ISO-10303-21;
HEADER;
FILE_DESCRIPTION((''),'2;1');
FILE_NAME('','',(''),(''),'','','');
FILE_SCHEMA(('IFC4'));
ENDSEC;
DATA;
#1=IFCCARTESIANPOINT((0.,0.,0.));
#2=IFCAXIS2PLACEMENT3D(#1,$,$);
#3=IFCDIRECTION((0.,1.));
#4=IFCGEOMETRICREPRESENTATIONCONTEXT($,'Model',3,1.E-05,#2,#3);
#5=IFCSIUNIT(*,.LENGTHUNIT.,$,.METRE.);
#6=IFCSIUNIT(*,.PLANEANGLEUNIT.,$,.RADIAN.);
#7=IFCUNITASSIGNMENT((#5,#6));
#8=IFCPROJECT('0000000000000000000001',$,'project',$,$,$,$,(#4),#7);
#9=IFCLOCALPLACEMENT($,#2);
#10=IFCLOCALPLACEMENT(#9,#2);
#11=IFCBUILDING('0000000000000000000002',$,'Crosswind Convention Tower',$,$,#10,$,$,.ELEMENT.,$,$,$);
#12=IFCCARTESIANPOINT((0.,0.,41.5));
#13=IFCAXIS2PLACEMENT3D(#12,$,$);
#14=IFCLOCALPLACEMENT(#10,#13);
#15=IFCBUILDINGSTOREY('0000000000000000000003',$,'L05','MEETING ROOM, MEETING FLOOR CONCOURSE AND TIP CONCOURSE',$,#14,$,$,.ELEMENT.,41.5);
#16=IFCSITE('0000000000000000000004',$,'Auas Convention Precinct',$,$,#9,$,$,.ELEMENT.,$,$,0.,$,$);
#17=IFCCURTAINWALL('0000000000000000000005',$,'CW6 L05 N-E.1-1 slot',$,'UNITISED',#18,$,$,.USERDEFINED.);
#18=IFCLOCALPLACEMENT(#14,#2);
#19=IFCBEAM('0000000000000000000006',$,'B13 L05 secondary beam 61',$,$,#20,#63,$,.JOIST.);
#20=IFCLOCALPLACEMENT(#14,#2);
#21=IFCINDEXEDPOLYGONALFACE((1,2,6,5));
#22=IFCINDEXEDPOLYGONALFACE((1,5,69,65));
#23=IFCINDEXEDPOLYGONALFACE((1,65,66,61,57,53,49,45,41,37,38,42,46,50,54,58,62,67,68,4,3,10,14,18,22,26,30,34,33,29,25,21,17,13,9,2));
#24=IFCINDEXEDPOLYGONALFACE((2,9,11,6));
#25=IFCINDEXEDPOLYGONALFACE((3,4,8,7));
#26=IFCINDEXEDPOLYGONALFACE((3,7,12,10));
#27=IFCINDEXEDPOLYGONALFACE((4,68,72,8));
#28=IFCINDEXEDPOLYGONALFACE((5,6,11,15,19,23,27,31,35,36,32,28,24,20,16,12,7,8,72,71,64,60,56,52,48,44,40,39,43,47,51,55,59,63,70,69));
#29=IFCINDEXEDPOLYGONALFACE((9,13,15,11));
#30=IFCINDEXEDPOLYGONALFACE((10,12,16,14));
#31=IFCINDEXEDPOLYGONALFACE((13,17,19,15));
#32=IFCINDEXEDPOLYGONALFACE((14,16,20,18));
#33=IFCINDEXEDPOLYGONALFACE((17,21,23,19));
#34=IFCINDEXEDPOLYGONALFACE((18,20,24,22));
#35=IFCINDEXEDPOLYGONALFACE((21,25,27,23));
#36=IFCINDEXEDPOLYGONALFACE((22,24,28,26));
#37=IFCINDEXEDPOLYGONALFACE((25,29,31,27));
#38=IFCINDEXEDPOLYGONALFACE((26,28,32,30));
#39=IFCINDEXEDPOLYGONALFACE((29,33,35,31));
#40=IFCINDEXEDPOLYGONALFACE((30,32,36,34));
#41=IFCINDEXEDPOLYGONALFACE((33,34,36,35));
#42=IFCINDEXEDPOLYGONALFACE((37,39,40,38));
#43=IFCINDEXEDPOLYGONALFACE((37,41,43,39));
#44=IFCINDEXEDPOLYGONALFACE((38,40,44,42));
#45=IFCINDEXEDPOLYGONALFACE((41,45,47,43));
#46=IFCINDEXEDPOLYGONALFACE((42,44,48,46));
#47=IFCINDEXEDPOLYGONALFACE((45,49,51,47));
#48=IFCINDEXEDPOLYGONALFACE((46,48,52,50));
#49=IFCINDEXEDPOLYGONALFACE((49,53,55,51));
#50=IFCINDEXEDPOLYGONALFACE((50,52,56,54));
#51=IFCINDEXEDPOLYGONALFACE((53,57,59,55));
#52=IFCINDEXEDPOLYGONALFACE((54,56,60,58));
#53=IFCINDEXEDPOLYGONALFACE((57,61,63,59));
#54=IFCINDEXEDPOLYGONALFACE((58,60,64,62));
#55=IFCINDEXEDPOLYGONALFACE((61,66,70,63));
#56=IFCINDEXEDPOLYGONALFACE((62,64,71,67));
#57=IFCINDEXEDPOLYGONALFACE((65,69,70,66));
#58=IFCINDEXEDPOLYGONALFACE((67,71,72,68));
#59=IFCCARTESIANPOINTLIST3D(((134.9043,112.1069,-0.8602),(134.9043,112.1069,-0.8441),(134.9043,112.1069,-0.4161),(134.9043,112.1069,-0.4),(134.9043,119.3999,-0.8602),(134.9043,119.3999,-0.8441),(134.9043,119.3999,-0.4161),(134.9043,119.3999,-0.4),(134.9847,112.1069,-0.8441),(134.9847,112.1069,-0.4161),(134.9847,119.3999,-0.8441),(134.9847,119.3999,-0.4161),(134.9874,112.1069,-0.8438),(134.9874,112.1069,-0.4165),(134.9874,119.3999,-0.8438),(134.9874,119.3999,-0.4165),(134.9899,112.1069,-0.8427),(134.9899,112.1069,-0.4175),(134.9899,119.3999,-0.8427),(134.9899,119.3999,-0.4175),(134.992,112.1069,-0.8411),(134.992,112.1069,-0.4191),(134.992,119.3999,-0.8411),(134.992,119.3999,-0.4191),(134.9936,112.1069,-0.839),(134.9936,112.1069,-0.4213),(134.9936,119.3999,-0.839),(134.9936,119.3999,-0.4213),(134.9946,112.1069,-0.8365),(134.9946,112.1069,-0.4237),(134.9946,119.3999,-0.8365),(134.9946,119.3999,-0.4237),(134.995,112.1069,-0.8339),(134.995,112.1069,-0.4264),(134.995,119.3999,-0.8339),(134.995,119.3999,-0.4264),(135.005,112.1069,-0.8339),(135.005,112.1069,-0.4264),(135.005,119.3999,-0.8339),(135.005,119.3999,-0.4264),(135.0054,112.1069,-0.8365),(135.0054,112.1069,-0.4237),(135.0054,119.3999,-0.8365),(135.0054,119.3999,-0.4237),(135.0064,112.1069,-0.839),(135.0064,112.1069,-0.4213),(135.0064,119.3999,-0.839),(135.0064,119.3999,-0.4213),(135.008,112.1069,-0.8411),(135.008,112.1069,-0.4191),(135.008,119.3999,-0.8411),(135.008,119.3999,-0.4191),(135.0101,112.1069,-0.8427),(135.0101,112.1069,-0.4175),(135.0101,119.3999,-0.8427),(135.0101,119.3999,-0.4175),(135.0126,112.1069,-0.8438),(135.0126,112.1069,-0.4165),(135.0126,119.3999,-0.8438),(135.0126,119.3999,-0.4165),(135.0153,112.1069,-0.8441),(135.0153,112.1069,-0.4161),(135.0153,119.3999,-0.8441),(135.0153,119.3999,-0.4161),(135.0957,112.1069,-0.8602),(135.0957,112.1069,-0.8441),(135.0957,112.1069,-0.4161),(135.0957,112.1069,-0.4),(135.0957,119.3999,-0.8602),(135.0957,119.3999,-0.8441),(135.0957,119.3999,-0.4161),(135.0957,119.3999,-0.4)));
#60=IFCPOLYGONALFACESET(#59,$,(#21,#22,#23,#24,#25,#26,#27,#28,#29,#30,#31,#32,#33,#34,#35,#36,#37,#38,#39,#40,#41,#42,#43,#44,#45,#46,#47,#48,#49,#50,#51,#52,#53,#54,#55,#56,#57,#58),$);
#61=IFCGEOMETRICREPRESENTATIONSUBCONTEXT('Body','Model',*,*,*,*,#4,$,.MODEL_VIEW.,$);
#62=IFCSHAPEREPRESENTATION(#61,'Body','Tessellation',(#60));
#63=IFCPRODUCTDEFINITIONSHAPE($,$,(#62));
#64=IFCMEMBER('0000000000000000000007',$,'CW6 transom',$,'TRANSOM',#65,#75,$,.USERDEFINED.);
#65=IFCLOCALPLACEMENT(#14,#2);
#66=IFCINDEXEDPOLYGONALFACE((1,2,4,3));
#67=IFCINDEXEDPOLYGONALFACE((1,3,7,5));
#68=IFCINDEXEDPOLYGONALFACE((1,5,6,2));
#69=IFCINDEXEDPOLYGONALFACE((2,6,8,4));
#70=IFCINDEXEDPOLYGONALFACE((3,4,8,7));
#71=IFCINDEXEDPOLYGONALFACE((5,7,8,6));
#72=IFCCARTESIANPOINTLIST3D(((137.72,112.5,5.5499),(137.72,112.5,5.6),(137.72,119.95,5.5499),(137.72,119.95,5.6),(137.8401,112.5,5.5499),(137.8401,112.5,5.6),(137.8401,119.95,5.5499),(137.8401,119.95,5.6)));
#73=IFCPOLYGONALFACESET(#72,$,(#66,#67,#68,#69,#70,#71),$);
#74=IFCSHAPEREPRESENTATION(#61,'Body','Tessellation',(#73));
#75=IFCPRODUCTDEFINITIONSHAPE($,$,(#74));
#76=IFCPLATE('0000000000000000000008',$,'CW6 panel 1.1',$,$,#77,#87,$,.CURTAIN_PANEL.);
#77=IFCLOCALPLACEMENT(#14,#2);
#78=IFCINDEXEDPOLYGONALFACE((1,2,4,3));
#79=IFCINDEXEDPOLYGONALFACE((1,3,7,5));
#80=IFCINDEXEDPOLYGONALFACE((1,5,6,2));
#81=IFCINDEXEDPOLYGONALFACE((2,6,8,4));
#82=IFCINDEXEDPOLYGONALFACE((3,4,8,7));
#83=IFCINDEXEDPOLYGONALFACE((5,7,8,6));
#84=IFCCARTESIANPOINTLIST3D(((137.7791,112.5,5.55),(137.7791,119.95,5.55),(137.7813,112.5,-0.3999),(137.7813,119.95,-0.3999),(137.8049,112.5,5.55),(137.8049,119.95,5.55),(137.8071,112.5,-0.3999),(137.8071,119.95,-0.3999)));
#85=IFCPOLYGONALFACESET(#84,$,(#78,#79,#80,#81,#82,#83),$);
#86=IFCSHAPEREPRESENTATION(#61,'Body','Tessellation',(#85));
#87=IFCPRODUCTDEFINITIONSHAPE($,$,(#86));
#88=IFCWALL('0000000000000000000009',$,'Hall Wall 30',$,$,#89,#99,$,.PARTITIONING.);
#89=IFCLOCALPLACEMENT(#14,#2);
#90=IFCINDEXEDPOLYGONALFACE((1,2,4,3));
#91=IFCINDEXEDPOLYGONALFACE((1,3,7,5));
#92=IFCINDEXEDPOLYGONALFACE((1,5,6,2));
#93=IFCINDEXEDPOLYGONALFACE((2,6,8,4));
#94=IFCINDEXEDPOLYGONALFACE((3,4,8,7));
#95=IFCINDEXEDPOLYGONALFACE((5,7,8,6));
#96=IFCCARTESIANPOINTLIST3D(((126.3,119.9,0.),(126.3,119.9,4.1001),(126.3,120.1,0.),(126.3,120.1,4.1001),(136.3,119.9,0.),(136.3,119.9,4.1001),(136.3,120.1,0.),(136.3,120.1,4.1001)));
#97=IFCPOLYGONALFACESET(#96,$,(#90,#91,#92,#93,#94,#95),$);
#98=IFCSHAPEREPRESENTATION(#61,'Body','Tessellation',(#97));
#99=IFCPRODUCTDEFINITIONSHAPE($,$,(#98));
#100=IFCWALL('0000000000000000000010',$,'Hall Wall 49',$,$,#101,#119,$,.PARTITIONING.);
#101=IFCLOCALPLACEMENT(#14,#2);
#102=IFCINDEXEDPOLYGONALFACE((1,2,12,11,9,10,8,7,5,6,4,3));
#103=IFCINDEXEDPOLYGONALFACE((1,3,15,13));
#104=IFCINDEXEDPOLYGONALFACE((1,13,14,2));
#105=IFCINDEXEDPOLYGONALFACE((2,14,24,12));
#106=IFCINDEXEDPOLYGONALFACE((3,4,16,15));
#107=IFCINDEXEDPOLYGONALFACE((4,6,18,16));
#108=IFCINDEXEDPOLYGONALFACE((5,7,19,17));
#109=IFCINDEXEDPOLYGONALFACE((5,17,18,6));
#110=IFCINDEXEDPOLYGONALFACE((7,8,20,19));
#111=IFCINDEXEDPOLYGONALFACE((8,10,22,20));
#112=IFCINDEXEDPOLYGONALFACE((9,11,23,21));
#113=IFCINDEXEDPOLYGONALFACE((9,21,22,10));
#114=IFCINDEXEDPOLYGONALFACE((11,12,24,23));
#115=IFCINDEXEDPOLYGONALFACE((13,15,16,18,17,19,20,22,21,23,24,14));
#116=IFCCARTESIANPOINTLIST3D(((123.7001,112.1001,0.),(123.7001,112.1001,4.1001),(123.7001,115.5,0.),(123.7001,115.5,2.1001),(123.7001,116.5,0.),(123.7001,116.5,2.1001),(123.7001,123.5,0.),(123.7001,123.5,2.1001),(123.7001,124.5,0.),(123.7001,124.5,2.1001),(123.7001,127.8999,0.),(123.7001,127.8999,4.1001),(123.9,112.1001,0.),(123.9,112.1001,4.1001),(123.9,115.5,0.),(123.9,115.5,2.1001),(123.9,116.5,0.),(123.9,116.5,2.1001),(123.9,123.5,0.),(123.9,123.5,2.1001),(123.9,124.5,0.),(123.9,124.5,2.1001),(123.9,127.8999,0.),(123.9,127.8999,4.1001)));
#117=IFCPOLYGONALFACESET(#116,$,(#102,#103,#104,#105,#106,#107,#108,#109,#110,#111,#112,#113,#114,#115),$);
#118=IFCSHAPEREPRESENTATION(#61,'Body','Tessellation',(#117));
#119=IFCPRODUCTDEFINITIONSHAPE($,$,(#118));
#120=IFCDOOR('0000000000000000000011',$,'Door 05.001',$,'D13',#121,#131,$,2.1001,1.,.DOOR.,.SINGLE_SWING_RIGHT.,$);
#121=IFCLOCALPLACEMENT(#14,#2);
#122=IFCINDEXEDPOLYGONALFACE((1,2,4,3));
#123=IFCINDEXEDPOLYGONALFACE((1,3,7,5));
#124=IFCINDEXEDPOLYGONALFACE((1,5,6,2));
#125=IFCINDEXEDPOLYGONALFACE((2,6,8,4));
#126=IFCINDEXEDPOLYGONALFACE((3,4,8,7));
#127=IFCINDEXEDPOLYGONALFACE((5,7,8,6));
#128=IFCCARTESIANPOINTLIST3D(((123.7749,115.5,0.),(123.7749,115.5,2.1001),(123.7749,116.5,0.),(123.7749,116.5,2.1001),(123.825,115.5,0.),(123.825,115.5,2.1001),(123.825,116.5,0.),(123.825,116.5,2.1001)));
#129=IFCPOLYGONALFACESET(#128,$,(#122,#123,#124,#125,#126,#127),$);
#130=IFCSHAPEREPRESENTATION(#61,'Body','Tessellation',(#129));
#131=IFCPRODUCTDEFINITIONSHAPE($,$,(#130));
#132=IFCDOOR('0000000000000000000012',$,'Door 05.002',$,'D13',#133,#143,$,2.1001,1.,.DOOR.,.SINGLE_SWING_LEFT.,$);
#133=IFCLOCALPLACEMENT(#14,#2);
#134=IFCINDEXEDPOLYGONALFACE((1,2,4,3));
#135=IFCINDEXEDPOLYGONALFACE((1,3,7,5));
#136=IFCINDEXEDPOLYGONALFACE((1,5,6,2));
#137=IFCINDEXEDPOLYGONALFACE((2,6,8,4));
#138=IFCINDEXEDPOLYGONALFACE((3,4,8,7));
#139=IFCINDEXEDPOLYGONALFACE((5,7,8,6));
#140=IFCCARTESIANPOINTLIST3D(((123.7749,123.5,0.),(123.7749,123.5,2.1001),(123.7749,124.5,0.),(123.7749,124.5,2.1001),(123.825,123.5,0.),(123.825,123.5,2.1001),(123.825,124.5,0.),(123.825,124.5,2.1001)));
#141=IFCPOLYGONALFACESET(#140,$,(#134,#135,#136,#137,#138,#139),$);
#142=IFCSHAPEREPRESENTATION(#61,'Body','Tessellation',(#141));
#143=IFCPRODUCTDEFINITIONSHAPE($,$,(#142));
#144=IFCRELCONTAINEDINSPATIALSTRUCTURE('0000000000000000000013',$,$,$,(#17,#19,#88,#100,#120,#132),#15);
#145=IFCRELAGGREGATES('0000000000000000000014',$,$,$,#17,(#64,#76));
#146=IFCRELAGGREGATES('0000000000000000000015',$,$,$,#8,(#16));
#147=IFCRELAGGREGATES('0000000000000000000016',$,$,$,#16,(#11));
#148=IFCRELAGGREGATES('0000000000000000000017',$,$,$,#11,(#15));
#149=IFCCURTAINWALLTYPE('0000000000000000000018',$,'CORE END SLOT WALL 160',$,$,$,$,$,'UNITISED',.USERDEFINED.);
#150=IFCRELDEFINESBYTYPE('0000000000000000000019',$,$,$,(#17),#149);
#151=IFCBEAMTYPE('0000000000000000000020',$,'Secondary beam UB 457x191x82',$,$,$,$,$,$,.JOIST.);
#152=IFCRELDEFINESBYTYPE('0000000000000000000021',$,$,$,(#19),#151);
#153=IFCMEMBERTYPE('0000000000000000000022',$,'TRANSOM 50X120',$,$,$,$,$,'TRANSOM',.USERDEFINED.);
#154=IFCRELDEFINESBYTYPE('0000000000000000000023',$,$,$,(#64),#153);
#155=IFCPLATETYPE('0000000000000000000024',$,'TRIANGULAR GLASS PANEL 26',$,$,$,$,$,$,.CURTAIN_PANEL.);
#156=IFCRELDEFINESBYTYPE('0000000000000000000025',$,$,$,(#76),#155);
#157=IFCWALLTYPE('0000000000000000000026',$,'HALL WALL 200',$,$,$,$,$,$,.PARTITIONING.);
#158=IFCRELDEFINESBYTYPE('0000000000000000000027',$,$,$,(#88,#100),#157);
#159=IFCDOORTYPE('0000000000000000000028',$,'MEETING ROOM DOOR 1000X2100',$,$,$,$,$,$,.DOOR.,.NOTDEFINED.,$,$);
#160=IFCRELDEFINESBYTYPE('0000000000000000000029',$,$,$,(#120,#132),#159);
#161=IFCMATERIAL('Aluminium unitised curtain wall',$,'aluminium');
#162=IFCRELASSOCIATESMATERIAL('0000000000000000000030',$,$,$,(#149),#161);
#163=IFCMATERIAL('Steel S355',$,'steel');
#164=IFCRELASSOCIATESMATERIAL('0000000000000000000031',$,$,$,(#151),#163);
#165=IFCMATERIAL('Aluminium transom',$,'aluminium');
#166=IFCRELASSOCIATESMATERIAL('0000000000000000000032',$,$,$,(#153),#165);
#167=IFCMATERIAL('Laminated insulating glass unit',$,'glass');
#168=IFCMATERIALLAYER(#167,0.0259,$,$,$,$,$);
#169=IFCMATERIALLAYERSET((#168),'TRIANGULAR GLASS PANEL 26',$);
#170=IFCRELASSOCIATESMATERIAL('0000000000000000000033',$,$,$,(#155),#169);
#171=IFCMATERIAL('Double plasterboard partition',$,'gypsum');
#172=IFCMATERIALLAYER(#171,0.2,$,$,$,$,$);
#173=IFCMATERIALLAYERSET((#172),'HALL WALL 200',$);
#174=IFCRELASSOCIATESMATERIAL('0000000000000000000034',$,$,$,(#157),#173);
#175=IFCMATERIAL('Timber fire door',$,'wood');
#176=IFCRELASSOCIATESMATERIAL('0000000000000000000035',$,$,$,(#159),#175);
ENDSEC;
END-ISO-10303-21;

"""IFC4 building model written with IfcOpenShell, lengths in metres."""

from ifc_helpers import new_model, si_unit, direction, frame, frame_2d, origin, origin_2d, place, context, subcontext, project, spatial, polyline, rectangle, i_section, outline, extrude, material, layer, layer_set, material_profile, profile_set, type_object, element, fill, aggregate, save


model = new_model("IFC4")

# Units and contexts
model_context = context("Model", 3, precision=1e-05, world=origin(), true_north=direction((0.0, 1.0)))
body_context = subcontext(model_context, "Body", "Model", "MODEL_VIEW")
ifc_project = project(units=[si_unit("LENGTHUNIT", "METRE"), si_unit("PLANEANGLEUNIT", "RADIAN")], contexts=[model_context])

# Site, building, storey
site_placement = place(None, origin())
site = spatial("IfcSite", under=ifc_project, at=site_placement, Name="Auas Convention Precinct", CompositionType="ELEMENT", RefElevation=0.0)
building_placement = place(site_placement, origin())
building = spatial("IfcBuilding", under=site, at=building_placement, Name="Crosswind Convention Tower", CompositionType="ELEMENT")
storey_placement = place(building_placement, frame((0.0, 0.0, 41.5)))
storey = spatial("IfcBuildingStorey", under=building, at=storey_placement, Name="L05", Description="MEETING ROOM, MEETING FLOOR CONCOURSE AND TIP CONCOURSE", CompositionType="ELEMENT", Elevation=41.5)

# Shared definitions
ifc_material_1 = material(Name="Steel S355", Category="steel")

# Curtain wall
ifc_material_2 = material(Name="Aluminium unitised curtain wall", Category="aluminium")
curtain_wall_type = type_object("IfcCurtainWallType", Name="CORE END SLOT WALL 160", ElementType="UNITISED", PredefinedType="USERDEFINED", material=ifc_material_2)
curtain_wall_placement = place(storey_placement, origin())
curtain_wall = element("IfcCurtainWall", 1, at=curtain_wall_placement, inside=storey, type_object=curtain_wall_type, Name="CW6 L05 N-E.1-1 slot", ObjectType="UNITISED", PredefinedType="USERDEFINED")

# Beam
ifc_material_profile_1 = material_profile(ifc_material_1, i_section(OverallWidth=0.1914, OverallDepth=0.4602, WebThickness=0.01, FlangeThickness=0.0161, FilletRadius=0.0103, at=origin_2d()), Name="UB 457x191x82")
ifc_profile_set_1 = profile_set([ifc_material_profile_1], Name="Steel S355")
beam_type_1 = type_object("IfcBeamType", Name="Secondary beam UB 457x191x82", PredefinedType="JOIST", material=ifc_profile_set_1)
beam_1_placement = place(storey_placement, frame((135.0, 112.1069, -0.6301), z_axis=(0.0, 1.0, 0.0), x_axis=(-1.0, 0.0, 0.0)))
element("IfcBeam", 2, at=beam_1_placement, inside=storey, type_object=beam_type_1, Name="B13 L05 secondary beam 61", PredefinedType="JOIST", context=body_context, shape_type="SweptSolid", body=[
    extrude(i_section(OverallWidth=0.1914, OverallDepth=0.4602, WebThickness=0.01, FlangeThickness=0.0161, FilletRadius=0.0103, at=origin_2d()), origin(), (0.0, 0.0, 1.0), 7.293),
])

# Member
ifc_material_3 = material(Name="Aluminium transom", Category="aluminium")
ifc_material_profile_2 = material_profile(ifc_material_3, rectangle(XDim=0.1201, YDim=0.05, at=origin_2d()), Name="AL 120X50")
ifc_profile_set_2 = profile_set([ifc_material_profile_2], Name="Aluminium transom")
member_type_1 = type_object("IfcMemberType", Name="TRANSOM 50X120", ElementType="TRANSOM", PredefinedType="USERDEFINED", material=ifc_profile_set_2)
member_1_placement = place(storey_placement, frame((137.78, 112.5, 5.575), z_axis=(0.0, 1.0, 0.0), x_axis=(-1.0, 0.0, 0.0)))
member_1 = element("IfcMember", 3, at=member_1_placement, type_object=member_type_1, Name="CW6 transom", ObjectType="TRANSOM", PredefinedType="USERDEFINED", context=body_context, shape_type="SweptSolid", body=[
    extrude(rectangle(XDim=0.1201, YDim=0.05, at=origin_2d()), origin(), (0.0, 0.0, 1.0), 7.45),
])

# Plate
ifc_material_4 = material(Name="Laminated insulating glass unit", Category="glass")
ifc_layer_1 = layer(ifc_material_4, 0.0259)
ifc_layer_set_1 = layer_set([ifc_layer_1], Name="TRIANGULAR GLASS PANEL 26")
plate_type = type_object("IfcPlateType", Name="TRIANGULAR GLASS PANEL 26", PredefinedType="CURTAIN_PANEL", material=ifc_layer_set_1)
plate_placement = place(storey_placement, frame((137.8071, 112.5, -0.3999), z_axis=(1.0, 0.0, 0.000369), x_axis=(0.0, 1.0, 0.0)))
plate = element("IfcPlate", 4, at=plate_placement, type_object=plate_type, Name="CW6 panel 1.1", PredefinedType="CURTAIN_PANEL", context=body_context, shape_type="SweptSolid", body=[
    extrude(outline(polyline([(0.0, 0.0), (7.45, 0.0), (7.45, 5.95), (0.0, 5.95), (0.0, 0.0)])), origin(), (0.0, 0.0, -1.0), 0.0259),
])
aggregate(curtain_wall, [member_1, plate])

# Wall
ifc_material_5 = material(Name="Double plasterboard partition", Category="gypsum")
ifc_layer_2 = layer(ifc_material_5, 0.2)
ifc_layer_set_2 = layer_set([ifc_layer_2], Name="HALL WALL 200")
wall_type_1 = type_object("IfcWallType", Name="HALL WALL 200", PredefinedType="PARTITIONING", material=ifc_layer_set_2)
wall_1_placement = place(storey_placement, frame((126.3, 120.0, 0.0), z_axis=(0.0, 0.0, 1.0), x_axis=(1.0, 0.0, 0.0)))
element("IfcWall", 5, at=wall_1_placement, inside=storey, type_object=wall_type_1, Name="Hall Wall 30", PredefinedType="PARTITIONING", context=body_context, shape_type="SweptSolid", body=[
    extrude(rectangle(XDim=10.0, YDim=0.2, at=frame_2d((5.0, 0.0))), origin(), (0.0, 0.0, 1.0), 4.1001),
])

# Wall, openings, doors
wall_2_placement = place(storey_placement, frame((123.8, 112.1001, 0.0), z_axis=(0.0, 0.0, 1.0), x_axis=(0.0, 1.0, 0.0)))
wall_2 = element("IfcWall", 6, at=wall_2_placement, inside=storey, type_object=wall_type_1, Name="Hall Wall 49", PredefinedType="PARTITIONING", context=body_context, shape_type="SweptSolid", body=[
    extrude(rectangle(XDim=15.7998, YDim=0.2, at=frame_2d((7.8999, 0.0))), origin(), (0.0, 0.0, 1.0), 4.1001),
])
opening_1_placement = place(wall_2_placement, frame((3.3999, 0.0, 0.0)))
opening_1 = element("IfcOpeningElement", 7, at=opening_1_placement, cuts=wall_2, PredefinedType="OPENING", context=body_context, shape_type="SweptSolid", body=[
    extrude(rectangle(XDim=1.0, YDim=2.1001, at=frame_2d((0.5, 1.05))), frame((0.0, 0.1099, 0.0), z_axis=(0.0, -1.0, 0.0), x_axis=(1.0, 0.0, 0.0)), (0.0, 0.0, 1.0), 0.22),
])
opening_2_placement = place(wall_2_placement, frame((11.3999, 0.0, 0.0)))
opening_2 = element("IfcOpeningElement", 8, at=opening_2_placement, cuts=wall_2, PredefinedType="OPENING", context=body_context, shape_type="SweptSolid", body=[
    extrude(rectangle(XDim=1.0, YDim=2.1001, at=frame_2d((0.5, 1.05))), frame((0.0, 0.1099, 0.0), z_axis=(0.0, -1.0, 0.0), x_axis=(1.0, 0.0, 0.0)), (0.0, 0.0, 1.0), 0.22),
])
ifc_material_6 = material(Name="Timber fire door", Category="wood")
door_type = type_object("IfcDoorType", Name="MEETING ROOM DOOR 1000X2100", OperationType="NOTDEFINED", PredefinedType="DOOR", material=ifc_material_6)
door_1_placement = place(opening_1_placement, frame((1.0, 0.0, 0.0), z_axis=(0.0, 0.0, 1.0), x_axis=(-1.0, 0.0, 0.0)))
door_1 = element("IfcDoor", 9, at=door_1_placement, inside=storey, type_object=door_type, Name="Door 05.001", ObjectType="D13", OperationType="SINGLE_SWING_RIGHT", OverallHeight=2.1001, OverallWidth=1.0, PredefinedType="DOOR", context=body_context, shape_type="SweptSolid", body=[
    extrude(rectangle(XDim=1.0, YDim=2.1001, at=frame_2d((0.5, 1.05))), frame((0.0, 0.0249, 0.0), z_axis=(0.0, -1.0, 0.0), x_axis=(1.0, 0.0, 0.0)), (0.0, 0.0, 1.0), 0.05),
])
fill(opening_1, door_1)
door_2_placement = place(opening_2_placement, frame((1.0, 0.0, 0.0), z_axis=(0.0, 0.0, 1.0), x_axis=(-1.0, 0.0, 0.0)))
door_2 = element("IfcDoor", 10, at=door_2_placement, inside=storey, type_object=door_type, Name="Door 05.002", ObjectType="D13", OperationType="SINGLE_SWING_LEFT", OverallHeight=2.1001, OverallWidth=1.0, PredefinedType="DOOR", context=body_context, shape_type="SweptSolid", body=[
    extrude(rectangle(XDim=1.0, YDim=2.1001, at=frame_2d((0.5, 1.05))), frame((0.0, 0.0249, 0.0), z_axis=(0.0, -1.0, 0.0), x_axis=(1.0, 0.0, 0.0)), (0.0, 0.0, 1.0), 0.05),
])
fill(opening_2, door_2)

save(model, "model.ifc")
